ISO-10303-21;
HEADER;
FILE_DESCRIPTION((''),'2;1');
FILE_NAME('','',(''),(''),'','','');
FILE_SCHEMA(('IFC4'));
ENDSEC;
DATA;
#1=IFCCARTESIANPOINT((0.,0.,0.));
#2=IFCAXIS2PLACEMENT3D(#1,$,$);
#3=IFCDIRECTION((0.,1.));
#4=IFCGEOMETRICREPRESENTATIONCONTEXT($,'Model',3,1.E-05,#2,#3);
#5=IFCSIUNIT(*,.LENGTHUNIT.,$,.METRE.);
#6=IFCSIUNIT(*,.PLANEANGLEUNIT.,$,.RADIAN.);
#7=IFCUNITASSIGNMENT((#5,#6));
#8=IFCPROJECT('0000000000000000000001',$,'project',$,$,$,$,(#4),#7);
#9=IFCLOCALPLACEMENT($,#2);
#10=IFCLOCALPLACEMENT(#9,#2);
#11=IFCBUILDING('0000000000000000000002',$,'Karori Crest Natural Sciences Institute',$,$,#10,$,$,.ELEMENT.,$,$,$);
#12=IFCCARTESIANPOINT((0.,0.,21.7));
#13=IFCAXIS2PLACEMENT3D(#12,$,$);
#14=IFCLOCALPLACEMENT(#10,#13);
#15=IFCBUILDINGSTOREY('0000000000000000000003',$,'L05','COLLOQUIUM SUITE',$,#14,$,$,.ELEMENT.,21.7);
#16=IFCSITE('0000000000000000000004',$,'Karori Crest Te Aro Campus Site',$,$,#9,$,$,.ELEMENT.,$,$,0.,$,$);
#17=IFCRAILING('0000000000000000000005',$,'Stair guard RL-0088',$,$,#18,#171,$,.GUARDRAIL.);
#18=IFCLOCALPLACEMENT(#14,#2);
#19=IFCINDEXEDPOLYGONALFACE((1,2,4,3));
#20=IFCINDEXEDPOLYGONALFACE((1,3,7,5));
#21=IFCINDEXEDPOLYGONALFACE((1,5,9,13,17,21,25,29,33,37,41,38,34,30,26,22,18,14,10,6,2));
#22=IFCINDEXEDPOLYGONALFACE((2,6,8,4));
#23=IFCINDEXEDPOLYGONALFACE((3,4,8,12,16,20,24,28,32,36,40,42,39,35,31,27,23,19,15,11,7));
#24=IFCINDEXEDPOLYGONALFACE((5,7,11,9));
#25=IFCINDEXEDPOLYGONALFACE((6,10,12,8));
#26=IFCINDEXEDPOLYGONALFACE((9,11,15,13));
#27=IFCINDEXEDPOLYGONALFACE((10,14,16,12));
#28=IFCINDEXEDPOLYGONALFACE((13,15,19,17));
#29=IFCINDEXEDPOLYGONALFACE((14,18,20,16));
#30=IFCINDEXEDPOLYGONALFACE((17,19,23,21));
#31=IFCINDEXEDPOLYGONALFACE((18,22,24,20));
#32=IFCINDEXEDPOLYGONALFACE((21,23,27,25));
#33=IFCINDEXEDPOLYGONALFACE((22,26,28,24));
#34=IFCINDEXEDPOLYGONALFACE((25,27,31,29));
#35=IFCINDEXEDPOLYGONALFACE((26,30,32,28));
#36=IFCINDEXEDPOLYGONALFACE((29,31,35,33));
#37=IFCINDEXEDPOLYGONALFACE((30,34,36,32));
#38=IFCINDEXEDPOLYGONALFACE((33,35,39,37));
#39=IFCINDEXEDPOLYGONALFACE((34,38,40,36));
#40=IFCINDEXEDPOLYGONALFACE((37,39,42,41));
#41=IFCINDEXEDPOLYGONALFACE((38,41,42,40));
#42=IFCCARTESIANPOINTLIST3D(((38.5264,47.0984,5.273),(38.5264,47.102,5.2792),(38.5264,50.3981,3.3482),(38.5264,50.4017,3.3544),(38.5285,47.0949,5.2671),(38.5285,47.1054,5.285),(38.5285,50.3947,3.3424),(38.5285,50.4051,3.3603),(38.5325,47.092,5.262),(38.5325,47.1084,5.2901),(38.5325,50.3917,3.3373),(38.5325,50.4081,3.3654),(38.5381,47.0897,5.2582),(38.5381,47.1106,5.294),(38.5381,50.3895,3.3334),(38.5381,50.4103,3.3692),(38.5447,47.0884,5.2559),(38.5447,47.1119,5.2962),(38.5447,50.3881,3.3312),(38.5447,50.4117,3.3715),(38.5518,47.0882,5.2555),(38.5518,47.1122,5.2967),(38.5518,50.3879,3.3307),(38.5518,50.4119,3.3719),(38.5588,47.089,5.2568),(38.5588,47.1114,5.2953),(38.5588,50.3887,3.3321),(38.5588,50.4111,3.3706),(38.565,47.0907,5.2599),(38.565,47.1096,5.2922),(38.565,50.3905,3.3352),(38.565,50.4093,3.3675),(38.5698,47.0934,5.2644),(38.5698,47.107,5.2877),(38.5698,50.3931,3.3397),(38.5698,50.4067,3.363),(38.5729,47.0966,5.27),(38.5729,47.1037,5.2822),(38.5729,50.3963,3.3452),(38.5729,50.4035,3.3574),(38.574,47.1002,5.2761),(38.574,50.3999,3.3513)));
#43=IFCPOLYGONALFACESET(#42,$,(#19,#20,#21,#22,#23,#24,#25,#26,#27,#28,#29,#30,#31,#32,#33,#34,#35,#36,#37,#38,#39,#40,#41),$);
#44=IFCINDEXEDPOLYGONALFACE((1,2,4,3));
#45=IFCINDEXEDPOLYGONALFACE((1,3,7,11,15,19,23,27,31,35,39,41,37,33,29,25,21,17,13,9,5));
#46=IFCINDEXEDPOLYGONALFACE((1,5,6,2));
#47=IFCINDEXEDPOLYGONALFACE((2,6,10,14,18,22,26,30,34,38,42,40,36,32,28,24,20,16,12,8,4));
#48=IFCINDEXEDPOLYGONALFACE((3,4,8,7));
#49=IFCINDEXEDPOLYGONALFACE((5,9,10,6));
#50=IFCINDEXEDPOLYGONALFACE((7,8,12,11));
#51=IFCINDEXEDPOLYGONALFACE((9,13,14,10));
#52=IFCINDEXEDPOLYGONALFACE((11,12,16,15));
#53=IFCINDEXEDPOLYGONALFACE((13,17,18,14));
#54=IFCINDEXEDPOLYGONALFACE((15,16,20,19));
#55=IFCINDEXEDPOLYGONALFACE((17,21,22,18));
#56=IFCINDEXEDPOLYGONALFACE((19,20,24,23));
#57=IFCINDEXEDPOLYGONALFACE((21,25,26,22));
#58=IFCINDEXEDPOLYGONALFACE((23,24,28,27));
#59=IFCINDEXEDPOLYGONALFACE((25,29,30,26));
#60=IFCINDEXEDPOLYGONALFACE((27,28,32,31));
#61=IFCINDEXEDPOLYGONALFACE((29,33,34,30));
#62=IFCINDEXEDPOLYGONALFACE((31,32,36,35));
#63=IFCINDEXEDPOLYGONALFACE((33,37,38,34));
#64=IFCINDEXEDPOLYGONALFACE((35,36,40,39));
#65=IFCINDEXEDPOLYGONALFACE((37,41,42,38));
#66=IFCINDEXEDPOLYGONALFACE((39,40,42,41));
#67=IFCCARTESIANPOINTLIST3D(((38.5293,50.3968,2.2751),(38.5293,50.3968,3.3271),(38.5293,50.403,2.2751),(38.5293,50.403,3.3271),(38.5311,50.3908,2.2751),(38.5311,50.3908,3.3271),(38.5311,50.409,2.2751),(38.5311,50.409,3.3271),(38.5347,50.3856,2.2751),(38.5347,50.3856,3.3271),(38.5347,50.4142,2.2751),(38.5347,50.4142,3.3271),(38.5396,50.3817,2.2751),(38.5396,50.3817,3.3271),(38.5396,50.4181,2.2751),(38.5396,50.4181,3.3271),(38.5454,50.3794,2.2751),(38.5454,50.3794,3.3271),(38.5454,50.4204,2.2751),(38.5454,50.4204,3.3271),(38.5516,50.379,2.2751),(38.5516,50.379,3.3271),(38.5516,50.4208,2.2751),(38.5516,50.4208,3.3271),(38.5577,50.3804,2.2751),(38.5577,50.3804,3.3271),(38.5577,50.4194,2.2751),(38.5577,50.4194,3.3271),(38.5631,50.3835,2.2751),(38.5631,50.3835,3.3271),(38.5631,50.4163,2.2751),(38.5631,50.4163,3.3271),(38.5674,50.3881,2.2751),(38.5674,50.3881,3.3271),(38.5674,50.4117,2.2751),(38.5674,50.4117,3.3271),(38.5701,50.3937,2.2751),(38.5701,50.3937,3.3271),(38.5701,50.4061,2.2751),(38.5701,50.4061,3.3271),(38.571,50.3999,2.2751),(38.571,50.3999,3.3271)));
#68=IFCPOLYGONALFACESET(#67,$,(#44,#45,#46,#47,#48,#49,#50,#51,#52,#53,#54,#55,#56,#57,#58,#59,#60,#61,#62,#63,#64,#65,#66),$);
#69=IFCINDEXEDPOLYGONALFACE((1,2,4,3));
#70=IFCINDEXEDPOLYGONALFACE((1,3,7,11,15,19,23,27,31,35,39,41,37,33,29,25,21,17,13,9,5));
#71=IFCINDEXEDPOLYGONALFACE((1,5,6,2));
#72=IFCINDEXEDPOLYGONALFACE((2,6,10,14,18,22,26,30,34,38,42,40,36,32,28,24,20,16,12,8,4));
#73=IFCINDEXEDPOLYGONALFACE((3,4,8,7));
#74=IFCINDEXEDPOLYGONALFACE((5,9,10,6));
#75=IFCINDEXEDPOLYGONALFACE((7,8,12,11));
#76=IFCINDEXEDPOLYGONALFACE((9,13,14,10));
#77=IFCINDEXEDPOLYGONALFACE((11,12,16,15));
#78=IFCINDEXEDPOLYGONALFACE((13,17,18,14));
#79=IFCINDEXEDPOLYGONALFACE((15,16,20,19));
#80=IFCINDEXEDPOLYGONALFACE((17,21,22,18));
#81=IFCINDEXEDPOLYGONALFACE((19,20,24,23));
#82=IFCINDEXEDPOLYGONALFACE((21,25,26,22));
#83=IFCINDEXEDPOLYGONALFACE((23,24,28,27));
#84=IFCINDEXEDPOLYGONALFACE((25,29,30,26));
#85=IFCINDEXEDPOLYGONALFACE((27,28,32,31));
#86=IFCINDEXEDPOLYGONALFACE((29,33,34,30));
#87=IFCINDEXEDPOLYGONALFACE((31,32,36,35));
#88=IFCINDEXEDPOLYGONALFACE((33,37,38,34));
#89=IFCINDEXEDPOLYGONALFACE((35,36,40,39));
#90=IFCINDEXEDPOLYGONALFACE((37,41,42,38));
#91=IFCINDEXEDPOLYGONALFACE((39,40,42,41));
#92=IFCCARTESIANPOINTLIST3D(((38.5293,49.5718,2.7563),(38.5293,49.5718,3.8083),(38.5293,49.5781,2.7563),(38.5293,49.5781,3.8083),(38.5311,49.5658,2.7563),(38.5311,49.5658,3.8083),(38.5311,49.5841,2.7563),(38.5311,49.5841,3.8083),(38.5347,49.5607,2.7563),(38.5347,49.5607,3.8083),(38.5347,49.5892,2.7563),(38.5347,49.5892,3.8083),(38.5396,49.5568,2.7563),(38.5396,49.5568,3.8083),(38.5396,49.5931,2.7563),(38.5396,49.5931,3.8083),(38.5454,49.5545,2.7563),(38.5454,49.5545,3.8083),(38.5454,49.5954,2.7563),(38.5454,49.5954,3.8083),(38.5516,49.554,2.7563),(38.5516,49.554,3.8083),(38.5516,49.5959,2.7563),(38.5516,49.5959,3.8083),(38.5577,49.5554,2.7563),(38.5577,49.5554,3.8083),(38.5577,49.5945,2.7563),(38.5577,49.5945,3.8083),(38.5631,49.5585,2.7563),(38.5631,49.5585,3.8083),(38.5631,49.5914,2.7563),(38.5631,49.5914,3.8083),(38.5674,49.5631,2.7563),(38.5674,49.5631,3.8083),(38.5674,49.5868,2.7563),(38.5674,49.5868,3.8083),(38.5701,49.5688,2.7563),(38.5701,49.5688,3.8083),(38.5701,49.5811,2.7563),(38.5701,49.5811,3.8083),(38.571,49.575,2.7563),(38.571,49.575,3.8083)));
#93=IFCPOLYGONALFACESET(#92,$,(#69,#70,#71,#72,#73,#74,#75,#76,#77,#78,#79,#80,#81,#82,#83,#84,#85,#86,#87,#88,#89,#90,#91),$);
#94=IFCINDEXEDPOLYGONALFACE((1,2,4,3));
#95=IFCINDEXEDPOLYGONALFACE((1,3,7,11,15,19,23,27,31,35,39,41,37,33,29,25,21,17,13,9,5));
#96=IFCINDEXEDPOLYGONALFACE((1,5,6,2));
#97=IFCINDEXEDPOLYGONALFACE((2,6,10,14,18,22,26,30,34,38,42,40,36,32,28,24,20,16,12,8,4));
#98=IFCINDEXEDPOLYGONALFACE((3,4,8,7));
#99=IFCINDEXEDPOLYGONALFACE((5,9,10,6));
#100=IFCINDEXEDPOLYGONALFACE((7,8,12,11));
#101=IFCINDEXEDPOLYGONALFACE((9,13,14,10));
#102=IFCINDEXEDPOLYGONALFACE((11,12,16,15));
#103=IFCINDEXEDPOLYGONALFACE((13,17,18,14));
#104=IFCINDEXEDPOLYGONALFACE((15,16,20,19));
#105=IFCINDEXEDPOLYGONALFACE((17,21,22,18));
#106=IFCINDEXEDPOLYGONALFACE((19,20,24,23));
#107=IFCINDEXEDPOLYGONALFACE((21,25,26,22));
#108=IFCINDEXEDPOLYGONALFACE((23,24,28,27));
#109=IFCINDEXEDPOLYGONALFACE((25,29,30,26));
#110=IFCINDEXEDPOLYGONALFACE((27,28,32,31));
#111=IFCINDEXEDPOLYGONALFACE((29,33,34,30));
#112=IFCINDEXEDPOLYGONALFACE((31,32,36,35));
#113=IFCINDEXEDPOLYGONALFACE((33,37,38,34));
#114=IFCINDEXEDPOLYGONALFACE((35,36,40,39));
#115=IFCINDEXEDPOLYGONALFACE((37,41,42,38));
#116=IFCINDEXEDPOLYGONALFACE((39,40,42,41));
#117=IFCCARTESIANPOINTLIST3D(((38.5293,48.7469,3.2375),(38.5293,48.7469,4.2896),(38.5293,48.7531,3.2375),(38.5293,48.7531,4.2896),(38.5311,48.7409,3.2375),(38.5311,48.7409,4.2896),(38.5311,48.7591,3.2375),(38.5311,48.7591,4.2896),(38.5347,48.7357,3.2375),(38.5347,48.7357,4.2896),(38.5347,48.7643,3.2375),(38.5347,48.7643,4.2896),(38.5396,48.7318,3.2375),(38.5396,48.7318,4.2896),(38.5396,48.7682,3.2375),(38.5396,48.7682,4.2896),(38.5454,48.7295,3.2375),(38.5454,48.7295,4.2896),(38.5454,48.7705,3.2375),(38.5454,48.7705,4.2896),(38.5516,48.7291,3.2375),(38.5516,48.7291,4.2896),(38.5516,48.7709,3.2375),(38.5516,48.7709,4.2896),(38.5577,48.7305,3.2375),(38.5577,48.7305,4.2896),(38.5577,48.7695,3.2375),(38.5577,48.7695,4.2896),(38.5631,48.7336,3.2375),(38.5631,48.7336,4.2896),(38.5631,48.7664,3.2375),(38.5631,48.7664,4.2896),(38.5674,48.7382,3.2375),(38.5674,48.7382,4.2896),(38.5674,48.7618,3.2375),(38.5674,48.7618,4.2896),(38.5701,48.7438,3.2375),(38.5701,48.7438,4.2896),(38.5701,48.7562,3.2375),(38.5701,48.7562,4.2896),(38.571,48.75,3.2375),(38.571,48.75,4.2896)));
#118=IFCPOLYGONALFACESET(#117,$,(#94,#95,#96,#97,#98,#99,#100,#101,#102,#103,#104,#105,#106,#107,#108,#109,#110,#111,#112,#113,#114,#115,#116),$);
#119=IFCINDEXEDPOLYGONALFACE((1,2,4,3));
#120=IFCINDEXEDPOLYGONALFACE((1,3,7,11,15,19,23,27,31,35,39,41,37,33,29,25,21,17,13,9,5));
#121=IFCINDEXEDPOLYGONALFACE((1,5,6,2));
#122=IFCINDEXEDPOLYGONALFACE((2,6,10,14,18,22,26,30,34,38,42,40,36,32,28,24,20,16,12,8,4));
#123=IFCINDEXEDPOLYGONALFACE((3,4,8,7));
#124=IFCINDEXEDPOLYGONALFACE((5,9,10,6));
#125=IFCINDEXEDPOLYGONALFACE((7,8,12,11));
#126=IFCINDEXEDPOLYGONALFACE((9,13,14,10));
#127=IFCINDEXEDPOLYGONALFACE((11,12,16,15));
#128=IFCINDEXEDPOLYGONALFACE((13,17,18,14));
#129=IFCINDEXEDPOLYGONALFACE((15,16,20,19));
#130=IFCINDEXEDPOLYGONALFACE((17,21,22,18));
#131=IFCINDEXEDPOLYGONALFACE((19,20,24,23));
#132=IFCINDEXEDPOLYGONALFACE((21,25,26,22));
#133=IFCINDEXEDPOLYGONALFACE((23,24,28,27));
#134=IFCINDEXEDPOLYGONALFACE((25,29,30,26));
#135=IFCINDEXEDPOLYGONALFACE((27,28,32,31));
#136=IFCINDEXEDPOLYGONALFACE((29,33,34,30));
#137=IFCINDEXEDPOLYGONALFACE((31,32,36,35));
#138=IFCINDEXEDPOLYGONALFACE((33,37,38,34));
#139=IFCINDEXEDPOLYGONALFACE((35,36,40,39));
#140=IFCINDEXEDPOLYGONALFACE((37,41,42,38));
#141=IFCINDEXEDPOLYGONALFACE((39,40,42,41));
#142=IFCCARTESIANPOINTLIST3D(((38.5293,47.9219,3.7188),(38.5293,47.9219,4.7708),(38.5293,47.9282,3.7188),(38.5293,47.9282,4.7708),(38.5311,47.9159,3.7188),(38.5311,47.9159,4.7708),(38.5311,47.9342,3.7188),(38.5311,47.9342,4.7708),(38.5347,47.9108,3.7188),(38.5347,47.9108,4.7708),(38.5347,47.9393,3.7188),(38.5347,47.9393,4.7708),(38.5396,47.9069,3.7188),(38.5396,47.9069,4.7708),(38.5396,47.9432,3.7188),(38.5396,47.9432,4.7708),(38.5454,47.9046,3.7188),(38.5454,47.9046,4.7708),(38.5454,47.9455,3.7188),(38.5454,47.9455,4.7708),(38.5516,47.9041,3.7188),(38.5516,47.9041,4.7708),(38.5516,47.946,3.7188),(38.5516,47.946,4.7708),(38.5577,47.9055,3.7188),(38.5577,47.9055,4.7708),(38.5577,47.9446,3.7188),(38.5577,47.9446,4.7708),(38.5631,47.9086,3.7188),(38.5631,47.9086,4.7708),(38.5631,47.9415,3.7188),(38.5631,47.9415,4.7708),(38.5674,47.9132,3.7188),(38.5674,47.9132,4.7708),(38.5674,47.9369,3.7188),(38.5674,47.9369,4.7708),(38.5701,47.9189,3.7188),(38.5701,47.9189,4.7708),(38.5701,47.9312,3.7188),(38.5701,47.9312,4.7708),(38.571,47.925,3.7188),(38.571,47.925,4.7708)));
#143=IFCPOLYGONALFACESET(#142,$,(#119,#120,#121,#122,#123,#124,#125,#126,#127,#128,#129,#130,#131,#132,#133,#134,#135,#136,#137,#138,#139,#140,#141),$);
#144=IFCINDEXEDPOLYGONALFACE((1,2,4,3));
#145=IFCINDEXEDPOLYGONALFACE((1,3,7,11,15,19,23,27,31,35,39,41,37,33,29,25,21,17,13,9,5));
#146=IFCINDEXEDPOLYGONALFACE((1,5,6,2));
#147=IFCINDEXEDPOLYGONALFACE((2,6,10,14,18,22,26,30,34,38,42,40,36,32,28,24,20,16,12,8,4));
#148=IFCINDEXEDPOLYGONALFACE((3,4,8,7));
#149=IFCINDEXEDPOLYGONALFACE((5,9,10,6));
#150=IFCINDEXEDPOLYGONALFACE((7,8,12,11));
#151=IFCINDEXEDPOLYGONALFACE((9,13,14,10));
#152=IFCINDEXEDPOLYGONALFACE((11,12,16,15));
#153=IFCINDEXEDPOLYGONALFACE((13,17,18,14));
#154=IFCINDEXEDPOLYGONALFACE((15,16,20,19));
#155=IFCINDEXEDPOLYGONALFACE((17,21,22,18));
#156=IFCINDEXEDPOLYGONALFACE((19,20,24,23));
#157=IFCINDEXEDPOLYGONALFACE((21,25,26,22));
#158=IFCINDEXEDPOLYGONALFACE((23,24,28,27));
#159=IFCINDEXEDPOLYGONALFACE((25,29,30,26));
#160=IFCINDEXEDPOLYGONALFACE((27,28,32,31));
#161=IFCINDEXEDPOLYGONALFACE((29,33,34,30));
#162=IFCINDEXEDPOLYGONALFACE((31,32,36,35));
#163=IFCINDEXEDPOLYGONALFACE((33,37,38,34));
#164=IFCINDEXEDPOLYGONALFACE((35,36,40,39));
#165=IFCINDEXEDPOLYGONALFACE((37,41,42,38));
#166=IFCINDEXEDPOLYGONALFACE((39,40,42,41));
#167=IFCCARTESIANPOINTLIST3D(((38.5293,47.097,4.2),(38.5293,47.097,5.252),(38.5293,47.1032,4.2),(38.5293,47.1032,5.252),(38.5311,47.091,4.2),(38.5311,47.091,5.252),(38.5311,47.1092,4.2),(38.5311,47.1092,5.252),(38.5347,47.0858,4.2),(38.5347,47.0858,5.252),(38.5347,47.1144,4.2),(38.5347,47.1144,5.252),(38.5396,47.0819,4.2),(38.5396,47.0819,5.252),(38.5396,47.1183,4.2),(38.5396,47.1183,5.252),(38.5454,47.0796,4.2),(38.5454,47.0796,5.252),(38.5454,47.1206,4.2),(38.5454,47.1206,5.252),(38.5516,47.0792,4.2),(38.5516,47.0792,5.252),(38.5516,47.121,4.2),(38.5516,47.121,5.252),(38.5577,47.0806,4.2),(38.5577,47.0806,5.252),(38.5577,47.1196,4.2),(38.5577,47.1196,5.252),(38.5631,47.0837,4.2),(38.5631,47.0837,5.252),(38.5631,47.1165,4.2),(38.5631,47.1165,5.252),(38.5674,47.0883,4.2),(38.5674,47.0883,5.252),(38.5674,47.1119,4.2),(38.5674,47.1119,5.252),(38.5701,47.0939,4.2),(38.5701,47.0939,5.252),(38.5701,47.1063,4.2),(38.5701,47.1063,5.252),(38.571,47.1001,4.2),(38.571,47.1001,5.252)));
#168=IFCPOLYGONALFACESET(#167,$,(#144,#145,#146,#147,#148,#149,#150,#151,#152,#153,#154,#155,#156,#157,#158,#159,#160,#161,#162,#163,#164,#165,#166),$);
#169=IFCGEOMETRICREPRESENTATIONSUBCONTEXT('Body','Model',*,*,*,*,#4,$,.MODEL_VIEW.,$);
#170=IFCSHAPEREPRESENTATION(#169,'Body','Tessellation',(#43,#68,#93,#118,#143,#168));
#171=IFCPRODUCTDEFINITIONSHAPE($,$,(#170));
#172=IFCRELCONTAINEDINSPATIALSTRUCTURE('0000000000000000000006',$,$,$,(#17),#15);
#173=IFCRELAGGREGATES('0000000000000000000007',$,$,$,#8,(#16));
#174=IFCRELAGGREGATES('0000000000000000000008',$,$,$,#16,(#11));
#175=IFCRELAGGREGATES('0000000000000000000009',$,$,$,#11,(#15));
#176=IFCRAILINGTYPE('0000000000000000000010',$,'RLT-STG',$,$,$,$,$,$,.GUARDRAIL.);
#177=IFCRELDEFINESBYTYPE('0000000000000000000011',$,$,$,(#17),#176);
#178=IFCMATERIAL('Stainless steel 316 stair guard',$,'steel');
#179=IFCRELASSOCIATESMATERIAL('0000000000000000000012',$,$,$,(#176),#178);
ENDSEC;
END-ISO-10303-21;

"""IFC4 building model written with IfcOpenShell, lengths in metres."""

from ifc_helpers import new_model, si_unit, direction, frame, origin, origin_2d, place, context, subcontext, project, spatial, circle, extrude, material, type_object, element, save


model = new_model("IFC4")

# Units and contexts
model_context = context("Model", 3, precision=1e-05, world=origin(), true_north=direction((0.0, 1.0)))
body_context = subcontext(model_context, "Body", "Model", "MODEL_VIEW")
ifc_project = project(units=[si_unit("LENGTHUNIT", "METRE"), si_unit("PLANEANGLEUNIT", "RADIAN")], contexts=[model_context])

# Site, building, storey
site_placement = place(None, origin())
site = spatial("IfcSite", under=ifc_project, at=site_placement, Name="Karori Crest Te Aro Campus Site", CompositionType="ELEMENT", RefElevation=0.0)
building_placement = place(site_placement, origin())
building = spatial("IfcBuilding", under=site, at=building_placement, Name="Karori Crest Natural Sciences Institute", CompositionType="ELEMENT")
storey_placement = place(building_placement, frame((0.0, 0.0, 21.7)))
storey = spatial("IfcBuildingStorey", under=building, at=storey_placement, Name="L05", Description="COLLOQUIUM SUITE", CompositionType="ELEMENT", Elevation=21.7)

# Railing
ifc_material_1 = material(Name="Stainless steel 316 stair guard", Category="steel")
railing_type_1 = type_object("IfcRailingType", Name="RLT-STG", PredefinedType="GUARDRAIL", material=ifc_material_1)
railing_1_placement = place(storey_placement, frame((38.55, 50.3999, 2.2751)))
element("IfcRailing", 1, at=railing_1_placement, inside=storey, type_object=railing_type_1, Name="Stair guard RL-0088", PredefinedType="GUARDRAIL", context=body_context, shape_type="SweptSolid", body=[
    extrude(circle(Radius=0.0239, at=origin_2d()), frame((0.0, 0.0, 1.0762), z_axis=(0.0, -0.863788, 0.503855), x_axis=(1.0, 0.0, 0.0)), (0.0, 0.0, 1.0), 3.8201),
    extrude(circle(Radius=0.021, at=origin_2d()), origin(), (0.0, 0.0, 1.0), 1.052),
    extrude(circle(Radius=0.021, at=origin_2d()), frame((0.0, -0.825, 0.4812)), (0.0, 0.0, 1.0), 1.052),
    extrude(circle(Radius=0.021, at=origin_2d()), frame((0.0, -1.6499, 0.9624)), (0.0, 0.0, 1.0), 1.052),
    extrude(circle(Radius=0.021, at=origin_2d()), frame((0.0, -2.4749, 1.4436)), (0.0, 0.0, 1.0), 1.052),
    extrude(circle(Radius=0.021, at=origin_2d()), frame((0.0, -3.2998, 1.9248)), (0.0, 0.0, 1.0), 1.052),
])

save(model, "model.ifc")
